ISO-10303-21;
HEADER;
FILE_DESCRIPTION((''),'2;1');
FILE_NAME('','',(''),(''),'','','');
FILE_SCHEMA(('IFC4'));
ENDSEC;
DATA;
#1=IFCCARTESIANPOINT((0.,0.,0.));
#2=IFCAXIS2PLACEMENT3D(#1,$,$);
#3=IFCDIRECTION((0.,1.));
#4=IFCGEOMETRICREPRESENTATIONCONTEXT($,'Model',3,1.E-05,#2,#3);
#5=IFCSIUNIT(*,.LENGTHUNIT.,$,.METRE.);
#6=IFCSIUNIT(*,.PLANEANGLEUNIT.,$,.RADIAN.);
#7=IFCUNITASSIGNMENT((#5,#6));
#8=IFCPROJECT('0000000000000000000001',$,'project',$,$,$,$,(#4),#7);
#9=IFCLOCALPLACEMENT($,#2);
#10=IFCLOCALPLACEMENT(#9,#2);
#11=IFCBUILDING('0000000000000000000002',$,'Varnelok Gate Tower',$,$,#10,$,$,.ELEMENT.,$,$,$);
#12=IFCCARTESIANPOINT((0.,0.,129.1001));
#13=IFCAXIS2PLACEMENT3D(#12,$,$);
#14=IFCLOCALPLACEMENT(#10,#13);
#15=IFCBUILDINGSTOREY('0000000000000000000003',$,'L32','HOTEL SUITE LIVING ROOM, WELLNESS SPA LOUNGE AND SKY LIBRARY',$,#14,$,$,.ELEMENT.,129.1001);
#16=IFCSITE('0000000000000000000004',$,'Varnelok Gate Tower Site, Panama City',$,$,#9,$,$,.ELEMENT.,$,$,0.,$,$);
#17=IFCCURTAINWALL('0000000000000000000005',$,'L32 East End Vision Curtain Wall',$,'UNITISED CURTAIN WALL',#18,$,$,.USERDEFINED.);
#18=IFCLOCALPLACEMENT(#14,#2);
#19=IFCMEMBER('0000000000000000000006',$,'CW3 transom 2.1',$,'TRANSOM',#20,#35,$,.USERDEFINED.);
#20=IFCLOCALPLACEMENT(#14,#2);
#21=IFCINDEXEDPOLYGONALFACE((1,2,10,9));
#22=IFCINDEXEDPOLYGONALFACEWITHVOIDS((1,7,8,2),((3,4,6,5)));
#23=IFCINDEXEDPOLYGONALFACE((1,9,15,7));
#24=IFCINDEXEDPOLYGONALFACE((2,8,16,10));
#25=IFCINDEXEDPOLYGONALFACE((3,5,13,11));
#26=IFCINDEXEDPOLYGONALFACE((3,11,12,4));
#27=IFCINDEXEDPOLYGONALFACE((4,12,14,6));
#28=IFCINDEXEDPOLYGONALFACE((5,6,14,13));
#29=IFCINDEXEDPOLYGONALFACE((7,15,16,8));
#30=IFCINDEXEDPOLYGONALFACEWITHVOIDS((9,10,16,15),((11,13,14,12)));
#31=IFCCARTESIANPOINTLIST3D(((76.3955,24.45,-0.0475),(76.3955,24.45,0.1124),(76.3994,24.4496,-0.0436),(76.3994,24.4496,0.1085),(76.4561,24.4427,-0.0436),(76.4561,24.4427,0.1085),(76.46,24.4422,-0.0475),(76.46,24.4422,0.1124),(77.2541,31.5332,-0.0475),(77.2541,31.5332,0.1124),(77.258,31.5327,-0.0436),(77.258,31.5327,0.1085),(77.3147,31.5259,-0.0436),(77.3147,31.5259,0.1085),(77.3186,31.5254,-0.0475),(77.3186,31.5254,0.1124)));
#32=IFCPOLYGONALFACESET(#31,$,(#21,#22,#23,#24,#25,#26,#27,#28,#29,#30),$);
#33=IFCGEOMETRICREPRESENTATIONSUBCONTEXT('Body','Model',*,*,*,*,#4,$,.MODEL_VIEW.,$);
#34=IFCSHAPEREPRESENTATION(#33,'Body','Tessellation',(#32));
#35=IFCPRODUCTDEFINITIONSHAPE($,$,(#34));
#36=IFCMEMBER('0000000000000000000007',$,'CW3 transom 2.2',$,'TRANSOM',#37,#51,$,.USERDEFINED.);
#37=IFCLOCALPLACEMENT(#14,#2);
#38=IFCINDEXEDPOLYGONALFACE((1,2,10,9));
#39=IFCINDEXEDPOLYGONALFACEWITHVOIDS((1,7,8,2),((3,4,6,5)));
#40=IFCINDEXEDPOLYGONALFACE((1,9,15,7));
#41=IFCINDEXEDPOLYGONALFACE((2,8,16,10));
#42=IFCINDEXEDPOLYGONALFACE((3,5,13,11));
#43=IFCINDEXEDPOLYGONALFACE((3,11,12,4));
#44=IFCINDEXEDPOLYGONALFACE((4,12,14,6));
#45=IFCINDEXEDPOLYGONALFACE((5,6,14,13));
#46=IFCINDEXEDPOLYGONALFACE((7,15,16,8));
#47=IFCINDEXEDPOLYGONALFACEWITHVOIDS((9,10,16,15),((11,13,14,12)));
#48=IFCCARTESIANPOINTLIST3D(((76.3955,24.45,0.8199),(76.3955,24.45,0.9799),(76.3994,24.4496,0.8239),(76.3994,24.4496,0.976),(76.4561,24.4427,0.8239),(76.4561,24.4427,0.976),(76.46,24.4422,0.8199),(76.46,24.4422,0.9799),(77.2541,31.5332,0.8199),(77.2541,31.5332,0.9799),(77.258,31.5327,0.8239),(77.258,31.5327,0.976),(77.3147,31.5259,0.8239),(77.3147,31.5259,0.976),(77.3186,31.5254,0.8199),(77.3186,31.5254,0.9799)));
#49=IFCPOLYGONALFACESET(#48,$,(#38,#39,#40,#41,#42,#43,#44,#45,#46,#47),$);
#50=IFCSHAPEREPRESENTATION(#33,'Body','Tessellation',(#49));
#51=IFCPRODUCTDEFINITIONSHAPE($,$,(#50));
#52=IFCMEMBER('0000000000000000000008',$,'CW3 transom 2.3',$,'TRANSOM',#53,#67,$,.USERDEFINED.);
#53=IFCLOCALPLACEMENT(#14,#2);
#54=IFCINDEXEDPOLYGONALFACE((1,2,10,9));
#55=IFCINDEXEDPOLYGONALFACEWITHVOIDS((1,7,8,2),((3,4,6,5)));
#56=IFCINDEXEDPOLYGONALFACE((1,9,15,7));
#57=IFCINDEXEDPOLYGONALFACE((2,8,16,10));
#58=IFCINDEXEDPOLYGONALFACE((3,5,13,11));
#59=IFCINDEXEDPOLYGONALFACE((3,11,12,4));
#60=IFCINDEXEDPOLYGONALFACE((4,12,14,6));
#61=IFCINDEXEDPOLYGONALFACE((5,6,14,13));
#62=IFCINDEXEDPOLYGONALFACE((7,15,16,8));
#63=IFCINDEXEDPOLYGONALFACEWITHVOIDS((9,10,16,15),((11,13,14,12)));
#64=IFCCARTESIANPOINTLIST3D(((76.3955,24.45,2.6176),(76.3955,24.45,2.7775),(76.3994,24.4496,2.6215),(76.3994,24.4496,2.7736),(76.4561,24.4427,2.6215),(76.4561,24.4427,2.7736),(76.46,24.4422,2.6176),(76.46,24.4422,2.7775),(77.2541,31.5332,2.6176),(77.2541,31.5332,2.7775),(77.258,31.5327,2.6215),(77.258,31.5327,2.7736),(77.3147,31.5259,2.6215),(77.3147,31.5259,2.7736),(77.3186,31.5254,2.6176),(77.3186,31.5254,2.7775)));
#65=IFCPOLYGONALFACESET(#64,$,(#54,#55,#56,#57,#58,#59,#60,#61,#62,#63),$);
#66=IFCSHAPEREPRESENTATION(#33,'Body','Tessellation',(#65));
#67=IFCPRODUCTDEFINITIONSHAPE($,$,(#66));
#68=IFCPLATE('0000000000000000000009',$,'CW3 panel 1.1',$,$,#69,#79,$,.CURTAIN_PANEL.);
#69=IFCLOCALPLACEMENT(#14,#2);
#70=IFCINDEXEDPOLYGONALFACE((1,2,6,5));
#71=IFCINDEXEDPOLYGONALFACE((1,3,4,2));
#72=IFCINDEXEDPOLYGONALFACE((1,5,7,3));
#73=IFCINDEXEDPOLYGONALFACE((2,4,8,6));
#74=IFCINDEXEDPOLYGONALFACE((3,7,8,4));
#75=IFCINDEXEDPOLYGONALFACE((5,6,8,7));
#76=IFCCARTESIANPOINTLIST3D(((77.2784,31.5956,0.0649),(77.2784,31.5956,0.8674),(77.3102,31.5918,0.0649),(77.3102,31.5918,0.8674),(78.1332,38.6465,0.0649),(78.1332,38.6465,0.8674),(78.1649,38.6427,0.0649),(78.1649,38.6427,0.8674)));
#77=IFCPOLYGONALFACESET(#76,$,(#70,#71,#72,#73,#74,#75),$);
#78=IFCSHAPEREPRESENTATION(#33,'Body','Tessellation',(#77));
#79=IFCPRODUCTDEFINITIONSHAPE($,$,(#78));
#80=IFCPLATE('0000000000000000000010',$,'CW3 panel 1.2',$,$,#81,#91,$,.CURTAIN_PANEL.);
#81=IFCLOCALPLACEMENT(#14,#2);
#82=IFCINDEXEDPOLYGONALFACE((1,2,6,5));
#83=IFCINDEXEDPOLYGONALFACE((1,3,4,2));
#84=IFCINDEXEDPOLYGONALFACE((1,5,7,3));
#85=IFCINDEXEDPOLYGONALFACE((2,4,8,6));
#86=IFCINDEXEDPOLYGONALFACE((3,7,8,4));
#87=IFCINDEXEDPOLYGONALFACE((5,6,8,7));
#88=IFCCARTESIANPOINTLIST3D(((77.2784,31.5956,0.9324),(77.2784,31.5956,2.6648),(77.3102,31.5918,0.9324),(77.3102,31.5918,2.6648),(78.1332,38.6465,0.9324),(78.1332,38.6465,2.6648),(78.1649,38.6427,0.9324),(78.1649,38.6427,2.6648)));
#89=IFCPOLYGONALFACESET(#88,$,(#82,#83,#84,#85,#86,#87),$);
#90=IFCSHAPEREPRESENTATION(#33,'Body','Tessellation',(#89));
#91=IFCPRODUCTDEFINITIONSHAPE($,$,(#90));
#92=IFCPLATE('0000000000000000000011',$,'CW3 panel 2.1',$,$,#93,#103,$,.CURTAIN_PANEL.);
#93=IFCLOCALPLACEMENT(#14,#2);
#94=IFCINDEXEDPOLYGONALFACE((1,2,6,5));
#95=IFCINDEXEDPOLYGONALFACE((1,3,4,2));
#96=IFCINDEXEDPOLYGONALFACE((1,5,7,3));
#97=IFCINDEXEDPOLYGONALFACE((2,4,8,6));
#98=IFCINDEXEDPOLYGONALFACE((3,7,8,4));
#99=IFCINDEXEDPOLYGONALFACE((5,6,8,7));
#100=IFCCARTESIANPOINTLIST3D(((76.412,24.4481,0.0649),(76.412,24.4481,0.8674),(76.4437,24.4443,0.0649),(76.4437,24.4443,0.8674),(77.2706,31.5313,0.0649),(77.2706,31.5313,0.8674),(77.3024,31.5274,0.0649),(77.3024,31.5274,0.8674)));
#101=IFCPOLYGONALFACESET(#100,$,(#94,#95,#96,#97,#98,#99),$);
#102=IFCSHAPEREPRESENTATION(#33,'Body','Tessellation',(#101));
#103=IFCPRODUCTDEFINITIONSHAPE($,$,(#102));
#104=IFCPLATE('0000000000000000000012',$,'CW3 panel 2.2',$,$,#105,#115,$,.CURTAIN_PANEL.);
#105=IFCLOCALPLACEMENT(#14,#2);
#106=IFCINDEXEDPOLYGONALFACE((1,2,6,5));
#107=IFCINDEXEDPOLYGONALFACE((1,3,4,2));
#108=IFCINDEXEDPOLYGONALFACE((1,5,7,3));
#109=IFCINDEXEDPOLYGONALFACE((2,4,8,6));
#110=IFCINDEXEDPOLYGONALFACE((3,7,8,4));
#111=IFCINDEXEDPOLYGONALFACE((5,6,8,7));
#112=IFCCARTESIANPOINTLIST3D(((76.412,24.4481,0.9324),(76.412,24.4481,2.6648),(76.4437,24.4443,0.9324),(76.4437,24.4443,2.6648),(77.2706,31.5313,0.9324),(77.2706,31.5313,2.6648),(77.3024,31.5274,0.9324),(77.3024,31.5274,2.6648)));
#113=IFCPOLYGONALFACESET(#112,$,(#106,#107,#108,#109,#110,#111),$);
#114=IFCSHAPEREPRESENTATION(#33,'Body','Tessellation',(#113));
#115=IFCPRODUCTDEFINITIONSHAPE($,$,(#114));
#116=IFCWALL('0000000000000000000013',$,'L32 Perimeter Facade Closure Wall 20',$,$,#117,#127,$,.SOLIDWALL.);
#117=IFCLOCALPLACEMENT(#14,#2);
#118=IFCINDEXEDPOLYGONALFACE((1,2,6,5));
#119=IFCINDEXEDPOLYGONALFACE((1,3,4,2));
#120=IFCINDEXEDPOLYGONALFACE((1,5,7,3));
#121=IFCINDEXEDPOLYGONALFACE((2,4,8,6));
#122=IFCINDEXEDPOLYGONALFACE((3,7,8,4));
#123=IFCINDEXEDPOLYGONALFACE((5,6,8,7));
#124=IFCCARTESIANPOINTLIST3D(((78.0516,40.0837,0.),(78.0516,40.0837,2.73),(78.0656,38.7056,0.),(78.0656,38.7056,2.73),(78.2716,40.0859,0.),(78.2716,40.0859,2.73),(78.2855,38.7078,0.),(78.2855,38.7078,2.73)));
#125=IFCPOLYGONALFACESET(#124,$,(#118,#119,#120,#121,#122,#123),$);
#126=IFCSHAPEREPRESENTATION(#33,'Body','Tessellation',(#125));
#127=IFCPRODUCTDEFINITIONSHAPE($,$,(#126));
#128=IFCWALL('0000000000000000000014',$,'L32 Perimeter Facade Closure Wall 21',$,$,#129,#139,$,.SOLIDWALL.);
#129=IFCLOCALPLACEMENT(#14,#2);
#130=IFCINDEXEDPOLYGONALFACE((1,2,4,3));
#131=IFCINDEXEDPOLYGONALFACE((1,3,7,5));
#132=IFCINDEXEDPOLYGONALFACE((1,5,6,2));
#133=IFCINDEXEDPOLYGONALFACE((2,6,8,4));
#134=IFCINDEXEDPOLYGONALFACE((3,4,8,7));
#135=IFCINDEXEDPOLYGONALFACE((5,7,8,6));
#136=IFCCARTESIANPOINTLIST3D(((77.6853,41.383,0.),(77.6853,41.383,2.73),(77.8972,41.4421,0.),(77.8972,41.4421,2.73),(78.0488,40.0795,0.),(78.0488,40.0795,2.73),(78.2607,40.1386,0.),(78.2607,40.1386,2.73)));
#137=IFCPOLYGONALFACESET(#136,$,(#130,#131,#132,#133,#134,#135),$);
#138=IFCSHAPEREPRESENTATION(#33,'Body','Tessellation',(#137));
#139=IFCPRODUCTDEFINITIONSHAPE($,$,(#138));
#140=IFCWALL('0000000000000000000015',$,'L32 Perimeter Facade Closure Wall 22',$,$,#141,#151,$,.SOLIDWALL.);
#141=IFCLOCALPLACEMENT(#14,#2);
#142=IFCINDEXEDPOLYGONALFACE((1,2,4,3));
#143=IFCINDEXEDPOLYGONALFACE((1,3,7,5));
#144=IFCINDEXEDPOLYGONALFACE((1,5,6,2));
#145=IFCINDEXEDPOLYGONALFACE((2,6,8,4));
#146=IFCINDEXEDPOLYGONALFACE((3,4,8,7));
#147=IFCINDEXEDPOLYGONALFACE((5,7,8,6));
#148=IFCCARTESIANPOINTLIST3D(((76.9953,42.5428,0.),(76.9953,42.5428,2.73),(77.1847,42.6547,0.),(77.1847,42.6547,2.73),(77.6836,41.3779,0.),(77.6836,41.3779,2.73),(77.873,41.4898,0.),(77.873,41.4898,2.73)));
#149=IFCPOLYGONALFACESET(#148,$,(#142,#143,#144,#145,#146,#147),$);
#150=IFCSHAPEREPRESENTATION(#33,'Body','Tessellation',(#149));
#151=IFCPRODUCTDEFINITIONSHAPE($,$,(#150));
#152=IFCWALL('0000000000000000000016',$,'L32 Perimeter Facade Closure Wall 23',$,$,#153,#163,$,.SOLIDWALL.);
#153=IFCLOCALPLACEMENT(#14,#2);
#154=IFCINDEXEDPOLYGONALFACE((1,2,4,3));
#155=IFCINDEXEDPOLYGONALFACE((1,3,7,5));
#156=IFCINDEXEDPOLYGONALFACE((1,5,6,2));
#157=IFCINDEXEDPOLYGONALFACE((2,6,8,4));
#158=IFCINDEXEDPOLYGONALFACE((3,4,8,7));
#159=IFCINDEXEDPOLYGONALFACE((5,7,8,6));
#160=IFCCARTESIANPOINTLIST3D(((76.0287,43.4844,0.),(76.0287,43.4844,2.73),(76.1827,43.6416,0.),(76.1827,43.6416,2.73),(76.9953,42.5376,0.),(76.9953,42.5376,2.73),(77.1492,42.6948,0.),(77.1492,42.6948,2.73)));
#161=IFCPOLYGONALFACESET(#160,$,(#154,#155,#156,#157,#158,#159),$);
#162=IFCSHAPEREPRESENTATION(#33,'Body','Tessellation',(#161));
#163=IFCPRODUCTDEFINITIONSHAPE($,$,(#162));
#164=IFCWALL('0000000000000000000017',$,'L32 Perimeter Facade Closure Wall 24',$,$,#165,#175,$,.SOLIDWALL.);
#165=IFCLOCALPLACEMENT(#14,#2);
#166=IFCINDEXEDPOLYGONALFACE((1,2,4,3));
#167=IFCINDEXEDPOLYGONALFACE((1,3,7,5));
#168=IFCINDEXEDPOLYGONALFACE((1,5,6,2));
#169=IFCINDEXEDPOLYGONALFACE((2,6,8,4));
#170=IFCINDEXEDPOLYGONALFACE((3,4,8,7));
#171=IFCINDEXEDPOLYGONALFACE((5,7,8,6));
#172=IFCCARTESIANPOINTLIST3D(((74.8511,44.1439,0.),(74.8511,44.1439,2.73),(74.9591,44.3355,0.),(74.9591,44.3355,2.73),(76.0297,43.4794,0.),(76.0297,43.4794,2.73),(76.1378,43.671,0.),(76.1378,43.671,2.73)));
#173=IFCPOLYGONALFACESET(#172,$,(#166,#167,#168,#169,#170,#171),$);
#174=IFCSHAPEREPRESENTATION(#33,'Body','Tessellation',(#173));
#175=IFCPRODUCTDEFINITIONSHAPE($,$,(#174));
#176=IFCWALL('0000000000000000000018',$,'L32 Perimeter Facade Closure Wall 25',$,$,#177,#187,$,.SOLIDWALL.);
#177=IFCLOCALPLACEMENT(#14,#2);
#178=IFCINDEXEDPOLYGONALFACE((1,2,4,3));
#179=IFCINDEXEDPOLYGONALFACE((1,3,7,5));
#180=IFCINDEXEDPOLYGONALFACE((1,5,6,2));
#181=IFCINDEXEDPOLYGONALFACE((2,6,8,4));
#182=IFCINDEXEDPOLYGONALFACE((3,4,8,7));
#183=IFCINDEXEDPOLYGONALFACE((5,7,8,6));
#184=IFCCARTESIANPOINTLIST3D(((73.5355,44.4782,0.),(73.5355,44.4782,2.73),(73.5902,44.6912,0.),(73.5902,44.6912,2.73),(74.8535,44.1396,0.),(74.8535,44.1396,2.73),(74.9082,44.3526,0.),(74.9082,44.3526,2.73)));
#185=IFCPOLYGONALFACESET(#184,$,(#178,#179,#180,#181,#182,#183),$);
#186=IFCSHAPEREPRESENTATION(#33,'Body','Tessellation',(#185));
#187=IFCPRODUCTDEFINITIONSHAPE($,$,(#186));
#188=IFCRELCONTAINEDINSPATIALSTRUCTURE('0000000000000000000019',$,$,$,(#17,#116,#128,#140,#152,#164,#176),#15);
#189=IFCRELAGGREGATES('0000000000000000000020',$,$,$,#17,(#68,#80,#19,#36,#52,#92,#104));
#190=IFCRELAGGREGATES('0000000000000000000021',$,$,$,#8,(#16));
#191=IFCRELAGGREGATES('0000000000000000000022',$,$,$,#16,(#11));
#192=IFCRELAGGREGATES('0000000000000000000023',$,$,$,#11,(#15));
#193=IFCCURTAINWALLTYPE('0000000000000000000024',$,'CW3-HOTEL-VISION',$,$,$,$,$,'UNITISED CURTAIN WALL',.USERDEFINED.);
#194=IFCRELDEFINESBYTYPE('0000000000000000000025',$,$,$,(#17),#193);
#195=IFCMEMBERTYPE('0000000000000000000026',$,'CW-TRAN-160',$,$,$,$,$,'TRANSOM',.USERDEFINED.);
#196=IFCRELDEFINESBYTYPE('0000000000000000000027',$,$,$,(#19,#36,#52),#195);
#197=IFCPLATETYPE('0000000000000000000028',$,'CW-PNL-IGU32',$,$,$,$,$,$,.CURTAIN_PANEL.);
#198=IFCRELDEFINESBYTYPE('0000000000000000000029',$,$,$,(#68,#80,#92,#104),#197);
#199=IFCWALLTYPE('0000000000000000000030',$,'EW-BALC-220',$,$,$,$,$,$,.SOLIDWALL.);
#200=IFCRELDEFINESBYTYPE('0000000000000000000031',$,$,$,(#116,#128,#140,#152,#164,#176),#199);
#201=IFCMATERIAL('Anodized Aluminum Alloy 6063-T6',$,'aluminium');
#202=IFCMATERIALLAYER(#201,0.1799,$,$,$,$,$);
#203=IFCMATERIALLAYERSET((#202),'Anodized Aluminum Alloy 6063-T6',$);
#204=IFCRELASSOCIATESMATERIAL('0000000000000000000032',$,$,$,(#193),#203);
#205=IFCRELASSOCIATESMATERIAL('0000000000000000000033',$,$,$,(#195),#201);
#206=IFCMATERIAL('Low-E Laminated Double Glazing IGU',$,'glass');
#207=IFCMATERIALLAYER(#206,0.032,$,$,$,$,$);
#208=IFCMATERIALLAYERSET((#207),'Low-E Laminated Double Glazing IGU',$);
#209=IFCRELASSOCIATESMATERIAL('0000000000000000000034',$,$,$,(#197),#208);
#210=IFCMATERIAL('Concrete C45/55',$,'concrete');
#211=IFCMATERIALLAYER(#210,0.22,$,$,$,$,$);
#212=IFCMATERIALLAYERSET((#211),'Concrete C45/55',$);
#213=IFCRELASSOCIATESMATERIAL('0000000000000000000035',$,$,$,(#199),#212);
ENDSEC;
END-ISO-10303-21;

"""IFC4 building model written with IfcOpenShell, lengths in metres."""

from ifc_helpers import new_model, si_unit, direction, frame, frame_2d, origin, origin_2d, place, context, subcontext, project, spatial, rectangle, hollow_rectangle, extrude, source, transform, mapped, material, layer, layer_set, material_profile, profile_set, type_object, element, aggregate, save


model = new_model("IFC4")

# Units and contexts
model_context = context("Model", 3, precision=1e-05, world=origin(), true_north=direction((0.0, 1.0)))
body_context = subcontext(model_context, "Body", "Model", "MODEL_VIEW")
ifc_project = project(units=[si_unit("LENGTHUNIT", "METRE"), si_unit("PLANEANGLEUNIT", "RADIAN")], contexts=[model_context])

# Site, building, storey
site_placement = place(None, origin())
site = spatial("IfcSite", under=ifc_project, at=site_placement, Name="Varnelok Gate Tower Site, Panama City", CompositionType="ELEMENT", RefElevation=0.0)
building_placement = place(site_placement, origin())
building = spatial("IfcBuilding", under=site, at=building_placement, Name="Varnelok Gate Tower", CompositionType="ELEMENT")
storey_placement = place(building_placement, frame((0.0, 0.0, 129.1001)))
storey = spatial("IfcBuildingStorey", under=building, at=storey_placement, Name="L32", Description="HOTEL SUITE LIVING ROOM, WELLNESS SPA LOUNGE AND SKY LIBRARY", CompositionType="ELEMENT", Elevation=129.1001)

# Curtain wall, members, plates
ifc_material_1 = material(Name="Anodized Aluminum Alloy 6063-T6", Category="aluminium")
ifc_layer_1 = layer(ifc_material_1, 0.1799)
ifc_layer_set_1 = layer_set([ifc_layer_1], Name="Anodized Aluminum Alloy 6063-T6")
curtain_wall_type = type_object("IfcCurtainWallType", Name="CW3-HOTEL-VISION", ElementType="UNITISED CURTAIN WALL", PredefinedType="USERDEFINED", material=ifc_layer_set_1)
curtain_wall_placement = place(storey_placement, origin())
curtain_wall = element("IfcCurtainWall", 1, at=curtain_wall_placement, inside=storey, type_object=curtain_wall_type, Name="L32 East End Vision Curtain Wall", ObjectType="UNITISED CURTAIN WALL", PredefinedType="USERDEFINED")
ifc_material_profile_1 = material_profile(ifc_material_1, hollow_rectangle(XDim=0.0649, YDim=0.1599, WallThickness=0.0039, at=origin_2d()), Name="ALU160X65X4")
ifc_profile_set_1 = profile_set([ifc_material_profile_1], Name="Anodized Aluminum Alloy 6063-T6")
member_type_1 = type_object("IfcMemberType", Name="CW-TRAN-160", ElementType="TRANSOM", PredefinedType="USERDEFINED", material=ifc_profile_set_1)
member_1_placement = place(storey_placement, frame((77.2864, 31.5293, 0.0325), z_axis=(-0.120341, -0.992733, 0.0), x_axis=(0.992733, -0.120341, 0.0)))
member_1 = element("IfcMember", 2, at=member_1_placement, type_object=member_type_1, Name="CW3 transom 2.1", ObjectType="TRANSOM", PredefinedType="USERDEFINED", context=body_context, shape_type="SweptSolid", body=[
    extrude(hollow_rectangle(XDim=0.0649, YDim=0.1599, WallThickness=0.0039, at=origin_2d()), origin(), (0.0, 0.0, 1.0), 7.135),
])
member_2_placement = place(storey_placement, frame((77.2864, 31.5293, 0.8999), z_axis=(-0.120341, -0.992733, 0.0), x_axis=(0.992733, -0.120341, 0.0)))
member_2 = element("IfcMember", 3, at=member_2_placement, type_object=member_type_1, Name="CW3 transom 2.2", ObjectType="TRANSOM", PredefinedType="USERDEFINED", context=body_context, shape_type="SweptSolid", body=[
    extrude(hollow_rectangle(XDim=0.0649, YDim=0.1599, WallThickness=0.0039, at=origin_2d()), origin(), (0.0, 0.0, 1.0), 7.135),
])
member_3_placement = place(storey_placement, frame((77.2864, 31.5293, 2.6975), z_axis=(-0.120341, -0.992733, 0.0), x_axis=(0.992733, -0.120341, 0.0)))
member_3 = element("IfcMember", 4, at=member_3_placement, type_object=member_type_1, Name="CW3 transom 2.3", ObjectType="TRANSOM", PredefinedType="USERDEFINED", context=body_context, shape_type="SweptSolid", body=[
    extrude(hollow_rectangle(XDim=0.0649, YDim=0.1599, WallThickness=0.0039, at=origin_2d()), origin(), (0.0, 0.0, 1.0), 7.135),
])
ifc_material_2 = material(Name="Low-E Laminated Double Glazing IGU", Category="glass")
ifc_layer_2 = layer(ifc_material_2, 0.032)
ifc_layer_set_2 = layer_set([ifc_layer_2], Name="Low-E Laminated Double Glazing IGU")
plate_type = type_object("IfcPlateType", Name="CW-PNL-IGU32", PredefinedType="CURTAIN_PANEL", material=ifc_layer_set_2)
shared_shape_1 = source(origin(), body_context, "Body", "SweptSolid", [
    extrude(rectangle(XDim=7.1025, YDim=0.032, at=origin_2d()), origin(), (0.0, 0.0, 1.0), 0.8025),
])
plate_1_placement = place(storey_placement, frame((77.7217, 35.1191, 0.0649), z_axis=(0.0, 0.0, 1.0), x_axis=(-0.120347, -0.992732, 0.0)))
plate_1 = element("IfcPlate", 5, at=plate_1_placement, type_object=plate_type, Name="CW3 panel 1.1", PredefinedType="CURTAIN_PANEL", context=body_context, shape_type="MappedRepresentation", body=[
    mapped(shared_shape_1, transform((0.0, 0.0, 0.0), scale=1.0)),
])
shared_shape_2 = source(origin(), body_context, "Body", "SweptSolid", [
    extrude(rectangle(XDim=7.1025, YDim=0.032, at=origin_2d()), origin(), (0.0, 0.0, 1.0), 1.7324),
])
plate_2_placement = place(storey_placement, frame((77.7217, 35.1191, 0.9324), z_axis=(0.0, 0.0, 1.0), x_axis=(-0.120347, -0.992732, 0.0)))
plate_2 = element("IfcPlate", 6, at=plate_2_placement, type_object=plate_type, Name="CW3 panel 1.2", PredefinedType="CURTAIN_PANEL", context=body_context, shape_type="MappedRepresentation", body=[
    mapped(shared_shape_2, transform((0.0, 0.0, 0.0), scale=1.0)),
])
shared_shape_3 = source(origin(), body_context, "Body", "SweptSolid", [
    extrude(rectangle(XDim=7.135, YDim=0.032, at=origin_2d()), origin(), (0.0, 0.0, 1.0), 0.8025),
])
plate_3_placement = place(storey_placement, frame((76.8572, 27.9878, 0.0649), z_axis=(0.0, 0.0, 1.0), x_axis=(-0.120347, -0.992732, 0.0)))
plate_3 = element("IfcPlate", 7, at=plate_3_placement, type_object=plate_type, Name="CW3 panel 2.1", PredefinedType="CURTAIN_PANEL", context=body_context, shape_type="MappedRepresentation", body=[
    mapped(shared_shape_3, transform((0.0, 0.0, 0.0), scale=1.0)),
])
shared_shape_4 = source(origin(), body_context, "Body", "SweptSolid", [
    extrude(rectangle(XDim=7.135, YDim=0.032, at=origin_2d()), origin(), (0.0, 0.0, 1.0), 1.7324),
])
plate_4_placement = place(storey_placement, frame((76.8572, 27.9878, 0.9324), z_axis=(0.0, 0.0, 1.0), x_axis=(-0.120347, -0.992732, 0.0)))
plate_4 = element("IfcPlate", 8, at=plate_4_placement, type_object=plate_type, Name="CW3 panel 2.2", PredefinedType="CURTAIN_PANEL", context=body_context, shape_type="MappedRepresentation", body=[
    mapped(shared_shape_4, transform((0.0, 0.0, 0.0), scale=1.0)),
])
aggregate(curtain_wall, [plate_1, plate_2, member_1, member_2, member_3, plate_3, plate_4])

# Walls
ifc_material_3 = material(Name="Concrete C45/55", Category="concrete")
ifc_layer_3 = layer(ifc_material_3, 0.22)
ifc_layer_set_3 = layer_set([ifc_layer_3], Name="Concrete C45/55")
wall_type_1 = type_object("IfcWallType", Name="EW-BALC-220", PredefinedType="SOLIDWALL", material=ifc_layer_set_3)
wall_1_placement = place(storey_placement, frame((78.1755, 38.7068, 0.0), z_axis=(0.0, 0.0, 1.0), x_axis=(-0.010097, 0.999949, 0.0)))
element("IfcWall", 9, at=wall_1_placement, inside=storey, type_object=wall_type_1, Name="L32 Perimeter Facade Closure Wall 20", PredefinedType="SOLIDWALL", context=body_context, shape_type="SweptSolid", body=[
    extrude(rectangle(XDim=1.3782, YDim=0.22, at=frame_2d((0.689, 0.0))), origin(), (0.0, 0.0, 1.0), 2.73),
])
wall_2_placement = place(storey_placement, frame((78.1548, 40.1089, 0.0), z_axis=(0.0, 0.0, 1.0), x_axis=(-0.268639, 0.963241, 0.0)))
element("IfcWall", 10, at=wall_2_placement, inside=storey, type_object=wall_type_1, Name="L32 Perimeter Facade Closure Wall 21", PredefinedType="SOLIDWALL", context=body_context, shape_type="SweptSolid", body=[
    extrude(rectangle(XDim=1.3533, YDim=0.22, at=frame_2d((0.6768, 0.0))), origin(), (0.0, 0.0, 1.0), 2.73),
])
for number, where, z_axis, x_axis, name in (
    (11, (77.7783, 41.4338, 0.0), (0.0, 0.0, 1.0), (-0.508699, 0.860944, 0.0), "L32 Perimeter Facade Closure Wall 22"),
    (12, (77.0723, 42.6162, 0.0), (0.0, 0.0, 1.0), (-0.714377, 0.699761, 0.0), "L32 Perimeter Facade Closure Wall 23"),
    (13, (76.0837, 43.5752, 0.0), (0.0, 0.0, 1.0), (-0.871093, 0.491118, 0.0), "L32 Perimeter Facade Closure Wall 24"),
):
    element("IfcWall", number, at=place(storey_placement, frame(where, z_axis=z_axis, x_axis=x_axis)), inside=storey, type_object=wall_type_1, Name=name, PredefinedType="SOLIDWALL", context=body_context, shape_type="SweptSolid", body=[
        extrude(rectangle(XDim=1.353, YDim=0.22, at=frame_2d((0.6765, 0.0))), origin(), (0.0, 0.0, 1.0), 2.73),
    ])
wall_3_placement = place(storey_placement, frame((74.8809, 44.2461, 0.0), z_axis=(0.0, 0.0, 1.0), x_axis=(-0.96855, 0.24882, 0.0)))
element("IfcWall", 14, at=wall_3_placement, inside=storey, type_object=wall_type_1, Name="L32 Perimeter Facade Closure Wall 25", PredefinedType="SOLIDWALL", context=body_context, shape_type="SweptSolid", body=[
    extrude(rectangle(XDim=1.3608, YDim=0.22, at=frame_2d((0.6804, 0.0))), origin(), (0.0, 0.0, 1.0), 2.73),
])

save(model, "model.ifc")
